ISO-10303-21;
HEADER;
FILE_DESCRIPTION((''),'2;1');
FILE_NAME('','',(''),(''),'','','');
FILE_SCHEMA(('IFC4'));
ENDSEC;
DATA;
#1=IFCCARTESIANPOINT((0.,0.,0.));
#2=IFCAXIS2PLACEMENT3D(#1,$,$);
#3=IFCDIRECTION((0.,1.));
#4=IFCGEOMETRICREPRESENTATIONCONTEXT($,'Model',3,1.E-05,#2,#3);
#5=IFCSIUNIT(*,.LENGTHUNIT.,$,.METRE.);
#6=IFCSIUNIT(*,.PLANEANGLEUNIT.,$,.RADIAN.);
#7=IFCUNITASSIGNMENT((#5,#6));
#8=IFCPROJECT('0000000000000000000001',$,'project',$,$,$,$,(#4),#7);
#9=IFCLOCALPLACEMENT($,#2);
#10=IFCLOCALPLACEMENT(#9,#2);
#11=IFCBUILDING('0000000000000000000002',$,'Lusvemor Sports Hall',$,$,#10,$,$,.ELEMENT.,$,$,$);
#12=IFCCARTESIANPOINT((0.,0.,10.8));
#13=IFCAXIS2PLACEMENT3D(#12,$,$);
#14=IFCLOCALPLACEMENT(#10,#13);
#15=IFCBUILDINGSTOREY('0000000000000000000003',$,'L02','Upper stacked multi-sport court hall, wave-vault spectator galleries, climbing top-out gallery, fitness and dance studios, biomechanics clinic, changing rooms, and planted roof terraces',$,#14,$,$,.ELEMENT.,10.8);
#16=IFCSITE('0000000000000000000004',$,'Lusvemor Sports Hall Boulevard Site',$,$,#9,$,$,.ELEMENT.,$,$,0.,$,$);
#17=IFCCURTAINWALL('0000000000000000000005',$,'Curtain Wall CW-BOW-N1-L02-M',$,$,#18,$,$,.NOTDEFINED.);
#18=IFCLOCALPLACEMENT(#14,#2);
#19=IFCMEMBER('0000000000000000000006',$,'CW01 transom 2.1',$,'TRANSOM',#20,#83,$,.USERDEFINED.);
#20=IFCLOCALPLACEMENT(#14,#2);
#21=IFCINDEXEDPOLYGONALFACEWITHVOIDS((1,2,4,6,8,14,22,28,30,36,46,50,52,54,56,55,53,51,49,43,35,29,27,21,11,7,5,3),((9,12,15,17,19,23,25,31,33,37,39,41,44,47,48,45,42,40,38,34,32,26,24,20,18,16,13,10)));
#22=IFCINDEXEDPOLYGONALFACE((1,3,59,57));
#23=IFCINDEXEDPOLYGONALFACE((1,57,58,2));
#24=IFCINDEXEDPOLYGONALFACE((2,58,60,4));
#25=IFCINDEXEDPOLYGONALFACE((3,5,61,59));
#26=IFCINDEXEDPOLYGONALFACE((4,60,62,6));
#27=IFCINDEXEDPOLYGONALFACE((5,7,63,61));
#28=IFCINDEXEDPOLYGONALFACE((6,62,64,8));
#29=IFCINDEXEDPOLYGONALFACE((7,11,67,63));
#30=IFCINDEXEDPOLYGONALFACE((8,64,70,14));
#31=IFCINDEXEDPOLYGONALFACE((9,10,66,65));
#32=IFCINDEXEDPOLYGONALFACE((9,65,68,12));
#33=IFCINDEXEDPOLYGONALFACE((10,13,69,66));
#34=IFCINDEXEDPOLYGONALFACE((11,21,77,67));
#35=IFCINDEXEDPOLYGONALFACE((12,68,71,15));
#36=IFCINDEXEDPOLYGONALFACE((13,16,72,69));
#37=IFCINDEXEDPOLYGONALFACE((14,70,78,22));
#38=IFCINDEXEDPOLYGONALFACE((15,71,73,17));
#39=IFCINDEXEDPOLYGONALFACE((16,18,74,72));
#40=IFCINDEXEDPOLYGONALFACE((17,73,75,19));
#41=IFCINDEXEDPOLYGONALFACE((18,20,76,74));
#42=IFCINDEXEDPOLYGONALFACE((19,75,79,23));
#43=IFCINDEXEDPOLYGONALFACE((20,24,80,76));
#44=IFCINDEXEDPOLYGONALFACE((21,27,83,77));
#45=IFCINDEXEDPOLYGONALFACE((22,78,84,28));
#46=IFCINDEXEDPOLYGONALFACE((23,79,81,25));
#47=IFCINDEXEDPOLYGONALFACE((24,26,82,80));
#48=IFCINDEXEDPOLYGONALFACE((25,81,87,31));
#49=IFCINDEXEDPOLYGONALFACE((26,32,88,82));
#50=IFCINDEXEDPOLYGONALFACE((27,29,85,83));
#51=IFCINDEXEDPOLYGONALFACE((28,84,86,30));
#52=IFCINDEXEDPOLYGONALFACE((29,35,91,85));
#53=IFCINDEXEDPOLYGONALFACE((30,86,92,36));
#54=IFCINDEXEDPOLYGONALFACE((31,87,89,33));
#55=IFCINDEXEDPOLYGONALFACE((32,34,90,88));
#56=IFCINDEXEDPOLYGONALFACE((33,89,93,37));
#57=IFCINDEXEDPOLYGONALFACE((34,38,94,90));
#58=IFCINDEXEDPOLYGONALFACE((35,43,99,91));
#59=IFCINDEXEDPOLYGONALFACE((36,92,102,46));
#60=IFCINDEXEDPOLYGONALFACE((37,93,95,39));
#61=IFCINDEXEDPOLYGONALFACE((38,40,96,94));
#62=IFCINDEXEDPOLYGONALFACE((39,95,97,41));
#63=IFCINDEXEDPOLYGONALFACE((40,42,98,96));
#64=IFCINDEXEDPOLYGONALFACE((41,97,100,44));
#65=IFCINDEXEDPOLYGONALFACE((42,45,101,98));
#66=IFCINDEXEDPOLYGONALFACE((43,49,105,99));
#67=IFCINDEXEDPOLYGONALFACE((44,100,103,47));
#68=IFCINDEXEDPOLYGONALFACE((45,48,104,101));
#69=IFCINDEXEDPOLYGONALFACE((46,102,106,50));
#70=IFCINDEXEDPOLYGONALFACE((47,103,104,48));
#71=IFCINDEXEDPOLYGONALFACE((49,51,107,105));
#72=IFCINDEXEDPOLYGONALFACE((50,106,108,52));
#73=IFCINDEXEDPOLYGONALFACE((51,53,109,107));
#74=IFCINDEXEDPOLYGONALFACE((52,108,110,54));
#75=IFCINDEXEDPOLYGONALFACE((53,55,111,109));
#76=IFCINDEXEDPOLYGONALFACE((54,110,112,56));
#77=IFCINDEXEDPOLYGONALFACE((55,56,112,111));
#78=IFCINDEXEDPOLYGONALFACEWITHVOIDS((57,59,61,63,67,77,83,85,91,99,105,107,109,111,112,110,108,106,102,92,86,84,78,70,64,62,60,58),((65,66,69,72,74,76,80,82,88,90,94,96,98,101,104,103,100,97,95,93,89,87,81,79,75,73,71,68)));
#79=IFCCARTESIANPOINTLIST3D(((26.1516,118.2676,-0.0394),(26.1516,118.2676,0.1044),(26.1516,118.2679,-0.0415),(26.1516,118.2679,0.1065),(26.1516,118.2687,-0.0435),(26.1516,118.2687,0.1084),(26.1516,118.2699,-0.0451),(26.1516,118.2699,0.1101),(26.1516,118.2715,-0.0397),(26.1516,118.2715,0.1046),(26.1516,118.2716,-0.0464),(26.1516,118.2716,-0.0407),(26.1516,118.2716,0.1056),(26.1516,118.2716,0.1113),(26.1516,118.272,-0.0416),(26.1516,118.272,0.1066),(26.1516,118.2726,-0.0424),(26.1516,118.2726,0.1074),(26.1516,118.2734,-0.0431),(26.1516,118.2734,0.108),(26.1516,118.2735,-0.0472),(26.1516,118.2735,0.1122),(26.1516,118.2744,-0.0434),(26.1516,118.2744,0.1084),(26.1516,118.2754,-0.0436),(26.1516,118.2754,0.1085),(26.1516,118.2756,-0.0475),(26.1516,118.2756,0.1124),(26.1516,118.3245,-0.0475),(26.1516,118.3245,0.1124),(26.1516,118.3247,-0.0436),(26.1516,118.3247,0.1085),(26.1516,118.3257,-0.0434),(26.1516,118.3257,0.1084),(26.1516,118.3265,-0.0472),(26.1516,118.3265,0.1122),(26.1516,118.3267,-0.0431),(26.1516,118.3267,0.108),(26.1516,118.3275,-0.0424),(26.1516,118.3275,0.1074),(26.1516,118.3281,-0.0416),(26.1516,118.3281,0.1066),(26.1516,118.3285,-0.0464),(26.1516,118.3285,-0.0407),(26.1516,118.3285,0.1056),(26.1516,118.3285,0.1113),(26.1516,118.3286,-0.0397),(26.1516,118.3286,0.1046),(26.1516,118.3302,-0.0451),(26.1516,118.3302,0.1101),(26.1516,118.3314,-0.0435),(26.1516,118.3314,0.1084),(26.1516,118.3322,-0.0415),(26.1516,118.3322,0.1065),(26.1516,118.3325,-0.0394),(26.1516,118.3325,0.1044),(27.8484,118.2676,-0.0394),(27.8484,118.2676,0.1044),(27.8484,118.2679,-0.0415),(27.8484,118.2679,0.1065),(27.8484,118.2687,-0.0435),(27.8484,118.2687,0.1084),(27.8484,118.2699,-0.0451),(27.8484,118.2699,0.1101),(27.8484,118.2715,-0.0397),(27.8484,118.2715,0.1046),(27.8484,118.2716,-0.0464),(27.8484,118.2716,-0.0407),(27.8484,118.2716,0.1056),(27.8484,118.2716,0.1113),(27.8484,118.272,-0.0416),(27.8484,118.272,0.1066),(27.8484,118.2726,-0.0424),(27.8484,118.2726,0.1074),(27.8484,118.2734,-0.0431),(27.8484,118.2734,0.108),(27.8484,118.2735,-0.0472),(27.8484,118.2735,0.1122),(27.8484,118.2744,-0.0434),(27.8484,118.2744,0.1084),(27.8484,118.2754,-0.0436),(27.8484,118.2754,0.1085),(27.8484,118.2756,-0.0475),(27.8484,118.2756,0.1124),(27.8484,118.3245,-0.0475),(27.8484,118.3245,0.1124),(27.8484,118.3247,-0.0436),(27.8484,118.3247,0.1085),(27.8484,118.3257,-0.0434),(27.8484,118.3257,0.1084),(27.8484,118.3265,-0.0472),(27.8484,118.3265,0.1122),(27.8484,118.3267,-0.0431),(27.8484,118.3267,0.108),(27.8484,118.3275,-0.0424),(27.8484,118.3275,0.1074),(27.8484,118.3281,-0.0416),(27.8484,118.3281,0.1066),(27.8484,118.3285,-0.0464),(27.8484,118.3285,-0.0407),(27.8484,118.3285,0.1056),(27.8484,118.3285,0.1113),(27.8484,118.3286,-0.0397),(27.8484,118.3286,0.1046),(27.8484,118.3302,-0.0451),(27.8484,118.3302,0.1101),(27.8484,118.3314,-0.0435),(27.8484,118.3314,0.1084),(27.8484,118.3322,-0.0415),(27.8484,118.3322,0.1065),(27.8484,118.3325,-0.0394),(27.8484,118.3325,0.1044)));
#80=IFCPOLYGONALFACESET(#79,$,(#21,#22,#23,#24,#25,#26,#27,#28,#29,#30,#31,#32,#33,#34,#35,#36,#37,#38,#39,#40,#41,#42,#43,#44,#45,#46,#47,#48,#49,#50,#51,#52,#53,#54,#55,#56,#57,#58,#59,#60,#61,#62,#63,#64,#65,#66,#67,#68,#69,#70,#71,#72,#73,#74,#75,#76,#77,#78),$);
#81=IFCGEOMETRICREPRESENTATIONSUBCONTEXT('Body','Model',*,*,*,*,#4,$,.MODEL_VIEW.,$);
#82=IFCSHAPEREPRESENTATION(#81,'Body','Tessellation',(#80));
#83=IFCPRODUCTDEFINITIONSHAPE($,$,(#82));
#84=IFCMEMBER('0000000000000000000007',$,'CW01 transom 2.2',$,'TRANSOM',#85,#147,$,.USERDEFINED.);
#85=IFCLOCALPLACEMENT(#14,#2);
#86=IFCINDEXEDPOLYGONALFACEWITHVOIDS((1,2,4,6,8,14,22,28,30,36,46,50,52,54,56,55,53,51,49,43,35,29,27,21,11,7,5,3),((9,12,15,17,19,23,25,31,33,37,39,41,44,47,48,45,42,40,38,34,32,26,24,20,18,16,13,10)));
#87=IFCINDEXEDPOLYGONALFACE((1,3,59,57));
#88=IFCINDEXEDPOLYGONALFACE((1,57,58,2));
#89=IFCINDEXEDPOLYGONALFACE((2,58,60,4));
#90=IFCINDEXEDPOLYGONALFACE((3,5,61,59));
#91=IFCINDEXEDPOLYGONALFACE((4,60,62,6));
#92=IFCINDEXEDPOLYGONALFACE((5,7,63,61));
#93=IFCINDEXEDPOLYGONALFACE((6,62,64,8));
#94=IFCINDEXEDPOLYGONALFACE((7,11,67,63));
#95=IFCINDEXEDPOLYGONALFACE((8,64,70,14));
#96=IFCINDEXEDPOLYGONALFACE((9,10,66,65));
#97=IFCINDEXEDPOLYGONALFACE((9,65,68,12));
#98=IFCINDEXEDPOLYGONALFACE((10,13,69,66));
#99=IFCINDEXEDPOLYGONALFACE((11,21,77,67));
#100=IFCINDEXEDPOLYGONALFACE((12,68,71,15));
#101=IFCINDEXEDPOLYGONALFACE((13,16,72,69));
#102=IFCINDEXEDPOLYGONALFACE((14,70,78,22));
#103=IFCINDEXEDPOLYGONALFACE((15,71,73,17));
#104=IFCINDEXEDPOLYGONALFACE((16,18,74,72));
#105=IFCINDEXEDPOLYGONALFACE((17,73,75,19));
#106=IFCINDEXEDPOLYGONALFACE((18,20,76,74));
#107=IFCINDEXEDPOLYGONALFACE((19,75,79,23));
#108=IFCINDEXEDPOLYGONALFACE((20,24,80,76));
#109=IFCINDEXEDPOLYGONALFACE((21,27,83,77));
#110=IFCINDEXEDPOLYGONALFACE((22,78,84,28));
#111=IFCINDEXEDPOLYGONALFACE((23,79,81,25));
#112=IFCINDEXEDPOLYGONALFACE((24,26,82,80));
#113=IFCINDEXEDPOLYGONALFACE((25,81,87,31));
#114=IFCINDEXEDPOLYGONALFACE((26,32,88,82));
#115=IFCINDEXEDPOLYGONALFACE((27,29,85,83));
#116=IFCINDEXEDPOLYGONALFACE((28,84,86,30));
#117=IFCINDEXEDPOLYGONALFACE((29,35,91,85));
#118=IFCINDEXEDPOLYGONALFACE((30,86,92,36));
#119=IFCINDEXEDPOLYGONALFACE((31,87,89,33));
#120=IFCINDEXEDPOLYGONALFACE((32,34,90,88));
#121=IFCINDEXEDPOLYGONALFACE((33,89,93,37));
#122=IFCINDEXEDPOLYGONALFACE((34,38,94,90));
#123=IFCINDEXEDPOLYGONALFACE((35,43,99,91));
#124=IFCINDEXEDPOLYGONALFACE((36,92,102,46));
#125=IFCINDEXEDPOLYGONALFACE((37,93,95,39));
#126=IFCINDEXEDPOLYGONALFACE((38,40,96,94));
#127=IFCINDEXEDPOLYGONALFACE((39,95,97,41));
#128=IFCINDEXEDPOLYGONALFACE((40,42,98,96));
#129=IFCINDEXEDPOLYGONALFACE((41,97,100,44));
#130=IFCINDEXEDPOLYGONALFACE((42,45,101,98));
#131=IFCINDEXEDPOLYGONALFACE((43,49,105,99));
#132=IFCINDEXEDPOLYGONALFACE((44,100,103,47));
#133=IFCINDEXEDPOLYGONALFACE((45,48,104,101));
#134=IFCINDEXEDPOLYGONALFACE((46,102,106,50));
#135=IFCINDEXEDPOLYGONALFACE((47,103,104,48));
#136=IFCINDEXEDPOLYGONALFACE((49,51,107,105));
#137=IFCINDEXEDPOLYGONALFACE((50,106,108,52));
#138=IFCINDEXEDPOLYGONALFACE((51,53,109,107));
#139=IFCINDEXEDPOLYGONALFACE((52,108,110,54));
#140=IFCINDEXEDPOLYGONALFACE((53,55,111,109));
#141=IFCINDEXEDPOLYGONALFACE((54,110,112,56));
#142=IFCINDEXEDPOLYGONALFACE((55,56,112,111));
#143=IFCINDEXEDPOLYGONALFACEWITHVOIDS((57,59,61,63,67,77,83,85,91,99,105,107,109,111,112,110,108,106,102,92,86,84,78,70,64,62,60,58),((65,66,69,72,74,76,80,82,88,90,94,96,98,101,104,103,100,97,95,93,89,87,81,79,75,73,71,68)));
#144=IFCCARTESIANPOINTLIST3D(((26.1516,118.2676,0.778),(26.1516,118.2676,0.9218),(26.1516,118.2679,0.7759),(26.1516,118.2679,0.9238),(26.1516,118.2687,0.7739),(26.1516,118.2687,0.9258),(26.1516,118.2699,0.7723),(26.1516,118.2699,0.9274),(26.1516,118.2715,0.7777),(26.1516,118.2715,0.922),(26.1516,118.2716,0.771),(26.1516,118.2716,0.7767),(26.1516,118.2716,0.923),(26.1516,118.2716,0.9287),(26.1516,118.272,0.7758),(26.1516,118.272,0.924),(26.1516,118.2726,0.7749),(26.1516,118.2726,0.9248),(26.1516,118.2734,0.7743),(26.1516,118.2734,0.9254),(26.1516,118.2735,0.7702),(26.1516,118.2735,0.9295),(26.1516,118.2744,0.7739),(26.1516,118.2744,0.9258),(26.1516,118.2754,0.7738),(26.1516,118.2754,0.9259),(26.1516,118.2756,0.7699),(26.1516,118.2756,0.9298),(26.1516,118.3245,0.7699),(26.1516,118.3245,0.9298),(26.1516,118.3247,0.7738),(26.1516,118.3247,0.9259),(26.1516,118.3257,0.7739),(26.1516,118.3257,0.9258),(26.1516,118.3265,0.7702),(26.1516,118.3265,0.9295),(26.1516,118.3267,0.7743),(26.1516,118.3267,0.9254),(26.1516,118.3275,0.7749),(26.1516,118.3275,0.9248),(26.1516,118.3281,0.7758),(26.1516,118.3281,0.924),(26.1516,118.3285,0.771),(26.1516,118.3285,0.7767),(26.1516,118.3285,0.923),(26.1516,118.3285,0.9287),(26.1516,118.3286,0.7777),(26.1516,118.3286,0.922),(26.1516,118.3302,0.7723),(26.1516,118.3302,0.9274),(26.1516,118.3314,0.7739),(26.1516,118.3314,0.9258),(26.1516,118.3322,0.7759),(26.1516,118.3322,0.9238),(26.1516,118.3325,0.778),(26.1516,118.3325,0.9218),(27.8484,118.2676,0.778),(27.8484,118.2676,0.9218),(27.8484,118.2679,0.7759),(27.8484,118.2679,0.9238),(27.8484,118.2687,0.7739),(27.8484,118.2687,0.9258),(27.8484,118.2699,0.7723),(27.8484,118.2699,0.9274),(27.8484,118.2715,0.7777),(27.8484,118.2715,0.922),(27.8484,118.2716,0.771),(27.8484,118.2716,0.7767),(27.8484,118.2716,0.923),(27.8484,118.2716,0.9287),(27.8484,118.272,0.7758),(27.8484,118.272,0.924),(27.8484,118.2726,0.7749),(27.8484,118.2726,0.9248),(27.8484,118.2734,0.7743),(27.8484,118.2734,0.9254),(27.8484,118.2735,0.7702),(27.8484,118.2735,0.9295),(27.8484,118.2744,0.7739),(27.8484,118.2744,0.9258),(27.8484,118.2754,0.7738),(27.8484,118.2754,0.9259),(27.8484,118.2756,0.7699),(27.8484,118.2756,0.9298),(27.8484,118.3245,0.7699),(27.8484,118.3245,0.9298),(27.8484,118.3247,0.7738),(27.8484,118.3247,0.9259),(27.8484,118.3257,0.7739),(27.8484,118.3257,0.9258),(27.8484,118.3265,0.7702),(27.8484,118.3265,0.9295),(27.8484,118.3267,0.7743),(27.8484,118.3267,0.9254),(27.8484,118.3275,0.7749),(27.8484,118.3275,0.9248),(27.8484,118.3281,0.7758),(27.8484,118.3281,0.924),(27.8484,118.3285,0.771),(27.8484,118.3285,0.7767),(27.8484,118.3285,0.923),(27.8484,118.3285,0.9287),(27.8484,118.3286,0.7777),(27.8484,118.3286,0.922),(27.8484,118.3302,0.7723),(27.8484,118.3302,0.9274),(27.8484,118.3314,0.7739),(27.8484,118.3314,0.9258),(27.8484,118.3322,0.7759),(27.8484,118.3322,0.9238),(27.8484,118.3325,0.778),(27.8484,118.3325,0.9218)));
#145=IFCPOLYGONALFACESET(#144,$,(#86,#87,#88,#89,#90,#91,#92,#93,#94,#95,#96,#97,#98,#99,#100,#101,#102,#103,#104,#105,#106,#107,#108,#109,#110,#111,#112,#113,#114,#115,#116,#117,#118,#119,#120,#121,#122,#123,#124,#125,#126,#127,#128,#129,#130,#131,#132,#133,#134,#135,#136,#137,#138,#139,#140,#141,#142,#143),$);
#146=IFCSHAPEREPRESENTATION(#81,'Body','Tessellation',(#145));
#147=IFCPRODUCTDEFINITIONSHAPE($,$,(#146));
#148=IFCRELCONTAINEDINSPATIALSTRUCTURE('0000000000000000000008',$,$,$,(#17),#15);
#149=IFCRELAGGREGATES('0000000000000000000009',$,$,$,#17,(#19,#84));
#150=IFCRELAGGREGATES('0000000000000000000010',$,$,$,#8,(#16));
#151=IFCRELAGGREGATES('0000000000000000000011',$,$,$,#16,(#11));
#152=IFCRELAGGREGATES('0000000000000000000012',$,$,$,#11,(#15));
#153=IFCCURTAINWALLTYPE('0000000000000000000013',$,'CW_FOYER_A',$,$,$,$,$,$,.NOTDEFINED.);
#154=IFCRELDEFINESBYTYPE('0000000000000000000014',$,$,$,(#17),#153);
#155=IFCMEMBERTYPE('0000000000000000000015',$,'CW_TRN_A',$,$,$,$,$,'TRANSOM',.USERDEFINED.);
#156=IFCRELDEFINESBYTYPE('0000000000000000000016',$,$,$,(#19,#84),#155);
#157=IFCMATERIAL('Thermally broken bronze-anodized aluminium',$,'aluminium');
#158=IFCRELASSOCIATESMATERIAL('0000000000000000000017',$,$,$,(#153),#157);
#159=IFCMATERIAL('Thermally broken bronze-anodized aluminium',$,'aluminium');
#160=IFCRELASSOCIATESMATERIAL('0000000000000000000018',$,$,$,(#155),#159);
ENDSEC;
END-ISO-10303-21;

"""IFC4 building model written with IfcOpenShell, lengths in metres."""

from ifc_helpers import new_model, si_unit, direction, frame, origin, origin_2d, place, context, subcontext, project, spatial, hollow_rectangle, extrude, material, material_profile, profile_set, type_object, element, aggregate, save


model = new_model("IFC4")

# Units and contexts
model_context = context("Model", 3, precision=1e-05, world=origin(), true_north=direction((0.0, 1.0)))
body_context = subcontext(model_context, "Body", "Model", "MODEL_VIEW")
ifc_project = project(units=[si_unit("LENGTHUNIT", "METRE"), si_unit("PLANEANGLEUNIT", "RADIAN")], contexts=[model_context])

# Site, building, storey
site_placement = place(None, origin())
site = spatial("IfcSite", under=ifc_project, at=site_placement, Name="Lusvemor Sports Hall Boulevard Site", CompositionType="ELEMENT", RefElevation=0.0)
building_placement = place(site_placement, origin())
building = spatial("IfcBuilding", under=site, at=building_placement, Name="Lusvemor Sports Hall", CompositionType="ELEMENT")
storey_placement = place(building_placement, frame((0.0, 0.0, 10.8)))
storey = spatial("IfcBuildingStorey", under=building, at=storey_placement, Name="L02", Description="Upper stacked multi-sport court hall, wave-vault spectator galleries, climbing top-out gallery, fitness and dance studios, biomechanics clinic, changing rooms, and planted roof terraces", CompositionType="ELEMENT", Elevation=10.8)

# Curtain wall
ifc_material_1 = material(Name="Thermally broken bronze-anodized aluminium", Category="aluminium")
curtain_wall_type_1 = type_object("IfcCurtainWallType", Name="CW_FOYER_A", PredefinedType="NOTDEFINED", material=ifc_material_1)
curtain_wall_1_placement = place(storey_placement, origin())
curtain_wall_1 = element("IfcCurtainWall", 1, at=curtain_wall_1_placement, inside=storey, type_object=curtain_wall_type_1, Name="Curtain Wall CW-BOW-N1-L02-M", PredefinedType="NOTDEFINED")

# Members
ifc_material_2 = material(Name="Thermally broken bronze-anodized aluminium", Category="aluminium")
ifc_material_profile_1 = material_profile(ifc_material_2, hollow_rectangle(XDim=0.0649, YDim=0.1599, WallThickness=0.0039, InnerFilletRadius=0.0039, OuterFilletRadius=0.0081, at=origin_2d()), Name="CWTRN160x65x4")
ifc_profile_set_1 = profile_set([ifc_material_profile_1], Name="Thermally broken bronze-anodized aluminium")
member_type_1 = type_object("IfcMemberType", Name="CW_TRN_A", ElementType="TRANSOM", PredefinedType="USERDEFINED", material=ifc_profile_set_1)
member_1_placement = place(storey_placement, frame((26.1516, 118.3, 0.0325), z_axis=(1.0, 0.0, 0.0), x_axis=(0.0, 1.0, 0.0)))
member_1 = element("IfcMember", 2, at=member_1_placement, type_object=member_type_1, Name="CW01 transom 2.1", ObjectType="TRANSOM", PredefinedType="USERDEFINED", context=body_context, shape_type="SweptSolid", body=[
    extrude(hollow_rectangle(XDim=0.0649, YDim=0.1599, WallThickness=0.0039, InnerFilletRadius=0.0039, OuterFilletRadius=0.0081, at=origin_2d()), origin(), (0.0, 0.0, 1.0), 1.6968),
])
member_2_placement = place(storey_placement, frame((26.1516, 118.3, 0.8499), z_axis=(1.0, 0.0, 0.0), x_axis=(0.0, 1.0, 0.0)))
member_2 = element("IfcMember", 3, at=member_2_placement, type_object=member_type_1, Name="CW01 transom 2.2", ObjectType="TRANSOM", PredefinedType="USERDEFINED", context=body_context, shape_type="SweptSolid", body=[
    extrude(hollow_rectangle(XDim=0.0649, YDim=0.1599, WallThickness=0.0039, InnerFilletRadius=0.0039, OuterFilletRadius=0.0081, at=origin_2d()), origin(), (0.0, 0.0, 1.0), 1.6968),
])

aggregate(curtain_wall_1, [member_1, member_2])

save(model, "model.ifc")
